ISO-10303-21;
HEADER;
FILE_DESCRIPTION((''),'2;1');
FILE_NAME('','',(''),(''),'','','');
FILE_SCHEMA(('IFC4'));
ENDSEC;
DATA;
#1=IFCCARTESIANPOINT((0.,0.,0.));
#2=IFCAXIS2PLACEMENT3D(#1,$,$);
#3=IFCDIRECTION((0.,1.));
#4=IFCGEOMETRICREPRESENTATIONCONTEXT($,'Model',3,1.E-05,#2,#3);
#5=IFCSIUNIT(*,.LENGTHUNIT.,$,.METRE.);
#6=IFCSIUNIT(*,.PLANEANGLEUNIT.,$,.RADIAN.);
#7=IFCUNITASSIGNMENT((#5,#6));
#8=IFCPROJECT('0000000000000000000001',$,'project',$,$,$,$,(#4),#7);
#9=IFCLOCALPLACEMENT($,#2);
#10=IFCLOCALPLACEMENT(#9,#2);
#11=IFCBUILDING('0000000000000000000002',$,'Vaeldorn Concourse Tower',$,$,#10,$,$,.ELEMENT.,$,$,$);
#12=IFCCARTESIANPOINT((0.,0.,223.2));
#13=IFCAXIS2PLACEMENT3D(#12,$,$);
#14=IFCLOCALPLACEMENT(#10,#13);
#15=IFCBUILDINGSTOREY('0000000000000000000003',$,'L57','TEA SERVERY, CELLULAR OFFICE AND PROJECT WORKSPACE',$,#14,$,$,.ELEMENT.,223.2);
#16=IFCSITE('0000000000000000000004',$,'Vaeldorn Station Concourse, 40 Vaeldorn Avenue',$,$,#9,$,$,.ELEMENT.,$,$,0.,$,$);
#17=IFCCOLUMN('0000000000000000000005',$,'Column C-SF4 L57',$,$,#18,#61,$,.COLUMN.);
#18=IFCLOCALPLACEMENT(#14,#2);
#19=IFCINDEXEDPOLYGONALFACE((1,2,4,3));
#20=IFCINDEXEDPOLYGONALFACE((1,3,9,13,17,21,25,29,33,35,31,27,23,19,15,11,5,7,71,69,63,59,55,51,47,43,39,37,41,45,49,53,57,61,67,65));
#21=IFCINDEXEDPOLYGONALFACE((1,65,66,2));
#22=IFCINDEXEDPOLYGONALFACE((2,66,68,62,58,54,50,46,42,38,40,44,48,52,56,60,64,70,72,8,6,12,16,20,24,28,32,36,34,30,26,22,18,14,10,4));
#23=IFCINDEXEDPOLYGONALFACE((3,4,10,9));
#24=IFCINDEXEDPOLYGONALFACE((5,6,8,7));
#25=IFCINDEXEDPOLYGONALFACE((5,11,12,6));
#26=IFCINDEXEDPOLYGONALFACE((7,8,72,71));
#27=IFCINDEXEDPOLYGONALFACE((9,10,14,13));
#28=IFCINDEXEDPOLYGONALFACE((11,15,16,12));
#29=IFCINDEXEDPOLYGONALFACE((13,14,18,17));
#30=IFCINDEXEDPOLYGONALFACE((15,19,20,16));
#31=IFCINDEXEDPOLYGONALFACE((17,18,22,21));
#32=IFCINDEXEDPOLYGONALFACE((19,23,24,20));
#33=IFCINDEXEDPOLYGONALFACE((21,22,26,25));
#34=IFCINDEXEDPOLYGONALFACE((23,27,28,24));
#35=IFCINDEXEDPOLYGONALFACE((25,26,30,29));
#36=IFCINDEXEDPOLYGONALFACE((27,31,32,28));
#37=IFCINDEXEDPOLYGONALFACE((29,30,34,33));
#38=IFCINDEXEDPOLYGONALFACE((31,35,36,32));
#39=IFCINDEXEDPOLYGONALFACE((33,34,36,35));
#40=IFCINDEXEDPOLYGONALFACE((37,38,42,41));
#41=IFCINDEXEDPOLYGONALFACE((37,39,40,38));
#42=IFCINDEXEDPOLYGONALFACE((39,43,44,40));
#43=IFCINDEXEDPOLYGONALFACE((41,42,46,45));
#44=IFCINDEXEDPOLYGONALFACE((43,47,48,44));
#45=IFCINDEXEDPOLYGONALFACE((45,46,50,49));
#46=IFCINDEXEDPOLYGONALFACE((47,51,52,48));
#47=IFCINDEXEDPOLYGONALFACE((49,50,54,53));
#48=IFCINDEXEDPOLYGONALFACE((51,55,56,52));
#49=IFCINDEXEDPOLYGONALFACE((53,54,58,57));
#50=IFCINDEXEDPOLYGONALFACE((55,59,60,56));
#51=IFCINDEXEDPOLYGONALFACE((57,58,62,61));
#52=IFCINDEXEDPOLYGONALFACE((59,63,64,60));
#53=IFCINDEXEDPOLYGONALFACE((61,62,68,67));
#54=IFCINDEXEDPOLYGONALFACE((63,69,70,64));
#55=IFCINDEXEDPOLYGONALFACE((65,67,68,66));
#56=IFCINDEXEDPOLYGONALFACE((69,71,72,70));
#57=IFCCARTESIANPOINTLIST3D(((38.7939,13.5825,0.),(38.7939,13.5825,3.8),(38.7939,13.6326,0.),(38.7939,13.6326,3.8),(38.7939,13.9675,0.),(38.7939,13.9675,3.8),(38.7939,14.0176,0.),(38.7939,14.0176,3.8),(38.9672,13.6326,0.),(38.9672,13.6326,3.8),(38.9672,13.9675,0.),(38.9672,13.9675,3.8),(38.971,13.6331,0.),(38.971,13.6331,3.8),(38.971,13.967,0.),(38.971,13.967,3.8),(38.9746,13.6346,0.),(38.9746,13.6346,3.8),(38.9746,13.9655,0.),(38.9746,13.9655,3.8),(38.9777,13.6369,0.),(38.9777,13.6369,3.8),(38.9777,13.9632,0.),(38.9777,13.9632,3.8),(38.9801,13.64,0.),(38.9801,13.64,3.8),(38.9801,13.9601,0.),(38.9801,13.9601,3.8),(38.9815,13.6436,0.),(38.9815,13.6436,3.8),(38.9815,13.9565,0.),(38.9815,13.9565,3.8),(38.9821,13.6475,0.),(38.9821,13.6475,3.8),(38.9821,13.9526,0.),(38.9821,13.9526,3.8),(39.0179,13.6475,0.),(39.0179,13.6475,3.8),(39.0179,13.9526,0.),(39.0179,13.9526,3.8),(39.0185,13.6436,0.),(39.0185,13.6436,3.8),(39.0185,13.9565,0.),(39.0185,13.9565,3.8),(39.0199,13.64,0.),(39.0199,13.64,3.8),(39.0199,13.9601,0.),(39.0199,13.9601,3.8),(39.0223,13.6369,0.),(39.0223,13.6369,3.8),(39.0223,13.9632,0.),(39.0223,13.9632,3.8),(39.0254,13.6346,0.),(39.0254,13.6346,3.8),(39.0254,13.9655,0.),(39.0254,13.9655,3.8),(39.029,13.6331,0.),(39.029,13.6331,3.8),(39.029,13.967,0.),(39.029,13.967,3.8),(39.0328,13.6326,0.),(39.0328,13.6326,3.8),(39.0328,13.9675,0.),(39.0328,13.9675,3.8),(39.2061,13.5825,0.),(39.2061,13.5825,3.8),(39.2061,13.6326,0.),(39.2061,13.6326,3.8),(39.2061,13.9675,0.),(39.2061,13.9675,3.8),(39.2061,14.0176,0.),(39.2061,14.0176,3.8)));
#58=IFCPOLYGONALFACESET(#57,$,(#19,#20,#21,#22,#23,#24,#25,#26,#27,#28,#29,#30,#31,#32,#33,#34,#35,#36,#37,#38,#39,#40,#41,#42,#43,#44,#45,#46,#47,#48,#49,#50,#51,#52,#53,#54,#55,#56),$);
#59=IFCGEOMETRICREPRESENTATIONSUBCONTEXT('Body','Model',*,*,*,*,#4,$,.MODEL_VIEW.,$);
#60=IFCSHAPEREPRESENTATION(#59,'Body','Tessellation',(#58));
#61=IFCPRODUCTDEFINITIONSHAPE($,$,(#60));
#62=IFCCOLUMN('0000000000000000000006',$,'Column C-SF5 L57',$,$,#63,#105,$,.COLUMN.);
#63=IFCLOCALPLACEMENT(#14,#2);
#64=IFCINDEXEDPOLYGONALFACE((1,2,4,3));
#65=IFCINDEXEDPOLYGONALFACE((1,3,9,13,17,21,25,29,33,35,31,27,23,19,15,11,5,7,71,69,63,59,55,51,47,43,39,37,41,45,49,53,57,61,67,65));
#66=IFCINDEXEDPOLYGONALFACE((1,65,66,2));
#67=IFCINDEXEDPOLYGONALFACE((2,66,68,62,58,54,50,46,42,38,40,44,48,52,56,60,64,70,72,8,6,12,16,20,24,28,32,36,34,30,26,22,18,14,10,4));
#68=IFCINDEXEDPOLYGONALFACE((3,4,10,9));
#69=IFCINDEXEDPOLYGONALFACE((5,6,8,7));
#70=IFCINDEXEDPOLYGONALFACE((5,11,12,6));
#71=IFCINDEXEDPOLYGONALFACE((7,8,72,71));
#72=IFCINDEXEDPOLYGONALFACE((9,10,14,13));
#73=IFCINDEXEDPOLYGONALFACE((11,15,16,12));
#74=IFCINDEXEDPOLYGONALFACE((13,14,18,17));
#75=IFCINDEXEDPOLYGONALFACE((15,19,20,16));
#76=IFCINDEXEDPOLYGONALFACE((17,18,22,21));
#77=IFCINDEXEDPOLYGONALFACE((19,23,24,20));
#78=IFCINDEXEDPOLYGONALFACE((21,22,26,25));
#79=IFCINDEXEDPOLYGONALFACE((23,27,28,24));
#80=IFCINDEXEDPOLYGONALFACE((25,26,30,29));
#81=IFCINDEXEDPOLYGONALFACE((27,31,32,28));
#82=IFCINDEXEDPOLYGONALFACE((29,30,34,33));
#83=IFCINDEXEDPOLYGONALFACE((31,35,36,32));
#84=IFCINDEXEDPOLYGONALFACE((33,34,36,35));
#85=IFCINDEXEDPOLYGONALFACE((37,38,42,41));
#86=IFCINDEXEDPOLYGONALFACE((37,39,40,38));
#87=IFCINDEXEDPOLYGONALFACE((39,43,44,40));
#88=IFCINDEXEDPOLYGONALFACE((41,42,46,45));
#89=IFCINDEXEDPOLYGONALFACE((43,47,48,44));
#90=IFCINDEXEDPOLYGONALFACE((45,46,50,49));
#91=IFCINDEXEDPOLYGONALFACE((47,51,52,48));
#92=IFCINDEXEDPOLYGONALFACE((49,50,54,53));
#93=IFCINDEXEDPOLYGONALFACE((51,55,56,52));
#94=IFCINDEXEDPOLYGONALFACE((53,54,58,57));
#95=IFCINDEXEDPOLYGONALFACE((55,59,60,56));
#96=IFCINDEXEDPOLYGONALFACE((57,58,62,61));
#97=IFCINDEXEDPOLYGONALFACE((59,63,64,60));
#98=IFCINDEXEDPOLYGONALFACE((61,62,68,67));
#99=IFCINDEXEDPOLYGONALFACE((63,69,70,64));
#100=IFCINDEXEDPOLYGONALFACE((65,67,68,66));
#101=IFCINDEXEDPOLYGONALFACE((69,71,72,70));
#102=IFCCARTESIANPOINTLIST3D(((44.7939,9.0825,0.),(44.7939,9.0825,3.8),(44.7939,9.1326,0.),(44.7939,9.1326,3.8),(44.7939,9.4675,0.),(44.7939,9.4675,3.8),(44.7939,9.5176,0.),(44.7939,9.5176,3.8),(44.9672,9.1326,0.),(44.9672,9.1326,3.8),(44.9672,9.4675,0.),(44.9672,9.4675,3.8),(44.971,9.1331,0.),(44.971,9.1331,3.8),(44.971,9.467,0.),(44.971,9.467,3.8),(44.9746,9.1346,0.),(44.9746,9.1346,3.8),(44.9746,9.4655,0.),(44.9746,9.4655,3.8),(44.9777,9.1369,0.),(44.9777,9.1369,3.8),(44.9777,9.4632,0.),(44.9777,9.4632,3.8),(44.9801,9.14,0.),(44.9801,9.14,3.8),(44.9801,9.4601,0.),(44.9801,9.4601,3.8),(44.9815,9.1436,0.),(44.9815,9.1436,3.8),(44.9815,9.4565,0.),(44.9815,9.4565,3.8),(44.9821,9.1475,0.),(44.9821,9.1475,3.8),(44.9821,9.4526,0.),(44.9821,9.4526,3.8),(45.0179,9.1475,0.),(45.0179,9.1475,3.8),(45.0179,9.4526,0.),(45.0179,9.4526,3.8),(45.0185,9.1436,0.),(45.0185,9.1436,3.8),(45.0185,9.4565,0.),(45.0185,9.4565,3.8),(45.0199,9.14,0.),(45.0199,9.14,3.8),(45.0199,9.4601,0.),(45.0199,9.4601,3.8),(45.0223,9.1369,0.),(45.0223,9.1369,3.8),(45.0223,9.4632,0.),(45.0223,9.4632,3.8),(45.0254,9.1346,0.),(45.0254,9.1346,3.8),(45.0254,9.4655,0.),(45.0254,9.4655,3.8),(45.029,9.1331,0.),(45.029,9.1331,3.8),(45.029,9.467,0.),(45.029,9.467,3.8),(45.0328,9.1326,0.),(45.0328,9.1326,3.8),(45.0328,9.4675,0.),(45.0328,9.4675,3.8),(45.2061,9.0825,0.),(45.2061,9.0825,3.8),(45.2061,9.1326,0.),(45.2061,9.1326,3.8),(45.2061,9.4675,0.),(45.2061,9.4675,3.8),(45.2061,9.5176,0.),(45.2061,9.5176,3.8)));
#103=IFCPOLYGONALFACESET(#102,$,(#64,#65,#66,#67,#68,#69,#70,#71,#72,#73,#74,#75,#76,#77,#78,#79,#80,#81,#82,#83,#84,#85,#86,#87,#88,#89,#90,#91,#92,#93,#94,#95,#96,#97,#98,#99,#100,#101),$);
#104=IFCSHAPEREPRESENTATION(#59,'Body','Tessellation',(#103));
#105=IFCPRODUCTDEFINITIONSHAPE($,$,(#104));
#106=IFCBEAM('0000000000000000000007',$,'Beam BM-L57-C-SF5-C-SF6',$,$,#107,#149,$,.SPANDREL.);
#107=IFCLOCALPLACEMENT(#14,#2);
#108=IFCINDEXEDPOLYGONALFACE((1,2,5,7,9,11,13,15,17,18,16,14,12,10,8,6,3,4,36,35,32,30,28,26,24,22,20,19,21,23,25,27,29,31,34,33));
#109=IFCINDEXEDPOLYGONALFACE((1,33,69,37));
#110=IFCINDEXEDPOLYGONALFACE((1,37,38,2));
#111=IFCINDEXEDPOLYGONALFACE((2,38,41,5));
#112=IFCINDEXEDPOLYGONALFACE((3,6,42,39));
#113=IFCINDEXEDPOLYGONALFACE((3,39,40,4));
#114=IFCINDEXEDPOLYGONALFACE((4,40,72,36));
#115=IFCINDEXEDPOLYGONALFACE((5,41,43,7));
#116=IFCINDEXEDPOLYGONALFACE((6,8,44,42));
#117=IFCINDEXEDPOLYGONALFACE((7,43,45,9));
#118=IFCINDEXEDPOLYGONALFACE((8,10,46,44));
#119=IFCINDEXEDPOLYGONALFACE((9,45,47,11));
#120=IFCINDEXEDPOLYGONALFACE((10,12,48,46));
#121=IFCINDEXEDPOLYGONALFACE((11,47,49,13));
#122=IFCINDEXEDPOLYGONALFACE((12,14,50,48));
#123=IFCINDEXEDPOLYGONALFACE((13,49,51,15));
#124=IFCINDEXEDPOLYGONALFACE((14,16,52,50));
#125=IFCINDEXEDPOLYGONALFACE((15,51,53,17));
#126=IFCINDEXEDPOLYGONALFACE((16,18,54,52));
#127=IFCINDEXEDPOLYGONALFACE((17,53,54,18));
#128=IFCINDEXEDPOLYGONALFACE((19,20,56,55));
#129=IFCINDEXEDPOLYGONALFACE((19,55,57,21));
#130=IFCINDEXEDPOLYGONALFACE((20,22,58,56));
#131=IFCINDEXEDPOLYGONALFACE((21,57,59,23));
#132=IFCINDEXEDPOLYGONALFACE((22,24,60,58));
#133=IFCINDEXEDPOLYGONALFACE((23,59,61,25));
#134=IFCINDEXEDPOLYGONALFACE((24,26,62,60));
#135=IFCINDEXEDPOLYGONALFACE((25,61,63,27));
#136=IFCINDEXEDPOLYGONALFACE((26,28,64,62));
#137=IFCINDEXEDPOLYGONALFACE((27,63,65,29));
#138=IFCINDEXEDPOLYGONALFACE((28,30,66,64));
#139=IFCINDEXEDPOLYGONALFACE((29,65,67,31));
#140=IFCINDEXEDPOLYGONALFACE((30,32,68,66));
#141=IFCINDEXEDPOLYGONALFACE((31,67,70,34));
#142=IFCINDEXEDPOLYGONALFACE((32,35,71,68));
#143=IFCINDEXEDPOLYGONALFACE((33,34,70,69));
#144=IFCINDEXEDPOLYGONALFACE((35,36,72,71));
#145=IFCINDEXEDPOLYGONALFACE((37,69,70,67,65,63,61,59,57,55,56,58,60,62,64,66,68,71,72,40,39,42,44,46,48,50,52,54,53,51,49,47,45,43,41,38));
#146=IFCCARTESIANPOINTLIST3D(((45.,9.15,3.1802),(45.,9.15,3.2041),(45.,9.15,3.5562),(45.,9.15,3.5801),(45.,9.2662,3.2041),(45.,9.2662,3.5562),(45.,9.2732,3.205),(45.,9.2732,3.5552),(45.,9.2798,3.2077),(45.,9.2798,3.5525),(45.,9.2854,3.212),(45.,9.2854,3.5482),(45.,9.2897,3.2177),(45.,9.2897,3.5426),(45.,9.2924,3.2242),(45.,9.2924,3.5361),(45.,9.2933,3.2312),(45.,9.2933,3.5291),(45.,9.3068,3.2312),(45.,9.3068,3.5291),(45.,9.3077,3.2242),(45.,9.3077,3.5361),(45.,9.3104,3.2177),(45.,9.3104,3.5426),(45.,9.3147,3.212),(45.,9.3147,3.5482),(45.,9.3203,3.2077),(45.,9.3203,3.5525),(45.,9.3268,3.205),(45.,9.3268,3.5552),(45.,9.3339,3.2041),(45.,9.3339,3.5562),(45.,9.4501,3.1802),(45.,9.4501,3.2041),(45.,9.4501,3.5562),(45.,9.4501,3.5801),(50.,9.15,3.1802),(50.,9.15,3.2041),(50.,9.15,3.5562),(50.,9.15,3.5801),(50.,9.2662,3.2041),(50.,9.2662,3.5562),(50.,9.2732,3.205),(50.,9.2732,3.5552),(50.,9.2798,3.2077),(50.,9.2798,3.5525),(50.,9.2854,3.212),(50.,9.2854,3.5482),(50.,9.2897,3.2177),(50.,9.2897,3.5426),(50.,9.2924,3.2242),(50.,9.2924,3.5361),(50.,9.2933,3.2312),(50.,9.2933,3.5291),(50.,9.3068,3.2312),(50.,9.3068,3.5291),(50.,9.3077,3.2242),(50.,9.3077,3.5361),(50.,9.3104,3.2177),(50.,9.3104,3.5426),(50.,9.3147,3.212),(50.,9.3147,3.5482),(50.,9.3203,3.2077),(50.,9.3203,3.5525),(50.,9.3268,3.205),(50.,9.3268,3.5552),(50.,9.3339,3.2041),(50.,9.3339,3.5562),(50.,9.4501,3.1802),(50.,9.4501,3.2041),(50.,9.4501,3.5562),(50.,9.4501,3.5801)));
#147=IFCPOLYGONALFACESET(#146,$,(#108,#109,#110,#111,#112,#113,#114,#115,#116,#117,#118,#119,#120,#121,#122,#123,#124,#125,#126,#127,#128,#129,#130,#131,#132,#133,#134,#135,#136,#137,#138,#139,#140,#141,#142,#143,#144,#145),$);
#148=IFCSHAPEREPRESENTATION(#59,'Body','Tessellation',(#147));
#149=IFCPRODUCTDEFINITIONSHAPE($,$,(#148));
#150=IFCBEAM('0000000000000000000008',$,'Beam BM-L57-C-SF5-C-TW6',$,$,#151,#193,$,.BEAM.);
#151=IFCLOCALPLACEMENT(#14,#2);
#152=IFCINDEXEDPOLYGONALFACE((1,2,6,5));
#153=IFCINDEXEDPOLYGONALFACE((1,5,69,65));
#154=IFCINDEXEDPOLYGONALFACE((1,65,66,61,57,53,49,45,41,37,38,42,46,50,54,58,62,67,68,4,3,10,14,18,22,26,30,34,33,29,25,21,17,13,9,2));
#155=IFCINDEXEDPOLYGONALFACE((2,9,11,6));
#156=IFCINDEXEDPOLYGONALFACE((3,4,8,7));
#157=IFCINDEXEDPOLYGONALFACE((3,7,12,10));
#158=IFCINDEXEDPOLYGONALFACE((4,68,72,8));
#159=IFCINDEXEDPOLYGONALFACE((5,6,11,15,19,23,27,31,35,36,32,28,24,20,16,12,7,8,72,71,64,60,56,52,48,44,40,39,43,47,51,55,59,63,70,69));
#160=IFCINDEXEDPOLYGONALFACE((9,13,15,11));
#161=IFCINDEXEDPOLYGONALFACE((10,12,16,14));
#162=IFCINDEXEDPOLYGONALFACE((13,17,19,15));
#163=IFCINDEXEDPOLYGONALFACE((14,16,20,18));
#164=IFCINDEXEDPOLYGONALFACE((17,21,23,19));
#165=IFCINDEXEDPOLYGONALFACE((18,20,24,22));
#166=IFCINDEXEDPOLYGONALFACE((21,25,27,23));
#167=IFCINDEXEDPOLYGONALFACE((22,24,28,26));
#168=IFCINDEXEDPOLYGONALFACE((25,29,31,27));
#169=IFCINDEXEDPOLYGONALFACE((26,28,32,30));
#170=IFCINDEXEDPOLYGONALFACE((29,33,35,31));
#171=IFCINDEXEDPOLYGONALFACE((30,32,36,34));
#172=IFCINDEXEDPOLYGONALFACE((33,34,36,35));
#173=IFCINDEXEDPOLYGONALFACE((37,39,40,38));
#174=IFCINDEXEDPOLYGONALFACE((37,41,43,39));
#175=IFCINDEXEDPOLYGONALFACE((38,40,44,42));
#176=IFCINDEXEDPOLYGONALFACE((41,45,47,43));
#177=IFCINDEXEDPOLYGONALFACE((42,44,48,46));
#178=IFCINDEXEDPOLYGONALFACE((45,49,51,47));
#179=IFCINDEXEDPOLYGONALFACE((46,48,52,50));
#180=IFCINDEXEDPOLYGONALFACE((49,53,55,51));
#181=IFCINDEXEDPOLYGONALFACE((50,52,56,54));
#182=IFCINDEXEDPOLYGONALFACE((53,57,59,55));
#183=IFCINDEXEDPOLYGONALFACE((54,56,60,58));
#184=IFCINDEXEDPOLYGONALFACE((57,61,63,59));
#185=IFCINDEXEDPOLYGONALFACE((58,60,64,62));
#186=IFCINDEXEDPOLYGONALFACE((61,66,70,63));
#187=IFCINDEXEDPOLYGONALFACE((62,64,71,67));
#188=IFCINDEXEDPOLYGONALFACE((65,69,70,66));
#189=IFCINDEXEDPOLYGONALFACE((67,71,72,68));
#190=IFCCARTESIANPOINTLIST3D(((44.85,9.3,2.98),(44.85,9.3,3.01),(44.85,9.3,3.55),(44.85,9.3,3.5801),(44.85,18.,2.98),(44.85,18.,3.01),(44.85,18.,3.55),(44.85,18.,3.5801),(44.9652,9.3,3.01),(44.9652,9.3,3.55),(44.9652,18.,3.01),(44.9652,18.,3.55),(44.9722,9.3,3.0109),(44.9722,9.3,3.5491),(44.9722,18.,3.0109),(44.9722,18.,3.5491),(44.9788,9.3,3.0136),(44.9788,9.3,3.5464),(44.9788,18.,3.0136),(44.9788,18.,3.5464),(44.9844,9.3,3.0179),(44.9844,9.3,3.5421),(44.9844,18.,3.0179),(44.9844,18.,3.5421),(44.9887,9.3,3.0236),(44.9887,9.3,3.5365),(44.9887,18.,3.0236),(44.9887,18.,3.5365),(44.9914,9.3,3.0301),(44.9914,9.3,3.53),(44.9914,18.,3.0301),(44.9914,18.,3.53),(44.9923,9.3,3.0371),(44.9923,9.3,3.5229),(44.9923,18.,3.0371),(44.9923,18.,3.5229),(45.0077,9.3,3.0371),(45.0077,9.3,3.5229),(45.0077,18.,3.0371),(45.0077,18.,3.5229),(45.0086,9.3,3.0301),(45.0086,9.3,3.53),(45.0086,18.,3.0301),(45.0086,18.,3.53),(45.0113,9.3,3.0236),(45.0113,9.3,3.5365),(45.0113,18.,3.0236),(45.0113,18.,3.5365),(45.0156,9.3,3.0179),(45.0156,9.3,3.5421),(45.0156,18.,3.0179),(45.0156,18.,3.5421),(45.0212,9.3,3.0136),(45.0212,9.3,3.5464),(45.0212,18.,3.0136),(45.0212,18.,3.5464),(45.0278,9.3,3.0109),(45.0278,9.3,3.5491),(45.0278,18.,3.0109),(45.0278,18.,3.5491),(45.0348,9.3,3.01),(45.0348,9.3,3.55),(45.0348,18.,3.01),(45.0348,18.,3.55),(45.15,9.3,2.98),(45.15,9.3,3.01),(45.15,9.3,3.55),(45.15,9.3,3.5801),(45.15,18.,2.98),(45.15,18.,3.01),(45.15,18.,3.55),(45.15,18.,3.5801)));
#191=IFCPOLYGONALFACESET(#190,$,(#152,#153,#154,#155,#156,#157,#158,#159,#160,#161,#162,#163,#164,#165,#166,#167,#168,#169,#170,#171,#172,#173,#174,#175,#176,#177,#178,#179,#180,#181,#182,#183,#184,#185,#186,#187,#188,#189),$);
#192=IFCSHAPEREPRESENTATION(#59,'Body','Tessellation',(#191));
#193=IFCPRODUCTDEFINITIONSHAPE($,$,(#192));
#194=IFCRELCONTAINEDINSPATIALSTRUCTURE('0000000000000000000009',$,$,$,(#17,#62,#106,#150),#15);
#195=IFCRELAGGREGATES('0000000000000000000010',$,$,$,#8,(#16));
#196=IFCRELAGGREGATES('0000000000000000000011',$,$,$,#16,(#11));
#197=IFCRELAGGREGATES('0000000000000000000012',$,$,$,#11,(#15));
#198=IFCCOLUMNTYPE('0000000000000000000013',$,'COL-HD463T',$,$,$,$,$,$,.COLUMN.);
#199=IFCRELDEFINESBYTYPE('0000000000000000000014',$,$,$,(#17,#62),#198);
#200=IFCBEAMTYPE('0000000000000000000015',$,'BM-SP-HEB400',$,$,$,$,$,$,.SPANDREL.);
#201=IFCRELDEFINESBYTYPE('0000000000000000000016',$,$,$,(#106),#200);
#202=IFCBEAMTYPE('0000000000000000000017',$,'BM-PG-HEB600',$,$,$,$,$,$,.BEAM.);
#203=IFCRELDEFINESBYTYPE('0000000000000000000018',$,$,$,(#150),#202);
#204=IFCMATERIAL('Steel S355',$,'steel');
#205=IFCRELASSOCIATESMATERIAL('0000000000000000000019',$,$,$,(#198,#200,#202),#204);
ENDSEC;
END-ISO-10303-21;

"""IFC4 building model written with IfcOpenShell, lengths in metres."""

from ifc_helpers import new_model, si_unit, direction, frame, origin, origin_2d, place, context, subcontext, project, spatial, i_section, extrude, source, transform, mapped, material, material_profile, profile_set, type_object, element, save


model = new_model("IFC4")

# Units and contexts
model_context = context("Model", 3, precision=1e-05, world=origin(), true_north=direction((0.0, 1.0)))
body_context = subcontext(model_context, "Body", "Model", "MODEL_VIEW")
ifc_project = project(units=[si_unit("LENGTHUNIT", "METRE"), si_unit("PLANEANGLEUNIT", "RADIAN")], contexts=[model_context])

# Site, building, storey
site_placement = place(None, origin())
site = spatial("IfcSite", under=ifc_project, at=site_placement, Name="Vaeldorn Station Concourse, 40 Vaeldorn Avenue", CompositionType="ELEMENT", RefElevation=0.0)
building_placement = place(site_placement, origin())
building = spatial("IfcBuilding", under=site, at=building_placement, Name="Vaeldorn Concourse Tower", CompositionType="ELEMENT")
storey_placement = place(building_placement, frame((0.0, 0.0, 223.2)))
storey = spatial("IfcBuildingStorey", under=building, at=storey_placement, Name="L57", Description="TEA SERVERY, CELLULAR OFFICE AND PROJECT WORKSPACE", CompositionType="ELEMENT", Elevation=223.2)

# Columns
ifc_material_1 = material(Name="Steel S355", Category="steel")
ifc_material_profile_1 = material_profile(ifc_material_1, i_section(OverallWidth=0.4121, OverallDepth=0.4351, WebThickness=0.0359, FlangeThickness=0.05, FilletRadius=0.0149, at=origin_2d()), Name="HD 400x463")
ifc_profile_set_1 = profile_set([ifc_material_profile_1], Name="Steel S355")
column_type = type_object("IfcColumnType", Name="COL-HD463T", PredefinedType="COLUMN", material=ifc_profile_set_1)
shared_shape_1 = source(origin(), body_context, "Body", "SweptSolid", [
    extrude(i_section(OverallWidth=0.4121, OverallDepth=0.4351, WebThickness=0.0359, FlangeThickness=0.05, FilletRadius=0.0149, at=origin_2d()), origin(), (0.0, 0.0, 1.0), 3.8),
])
for number, where, z_axis, x_axis, name in (
    (1, (39.0, 13.8, 0.0), (0.0, 0.0, 1.0), (1.0, 0.0, 0.0), "Column C-SF4 L57"),
    (2, (45.0, 9.3, 0.0), (0.0, 0.0, 1.0), (1.0, 0.0, 0.0), "Column C-SF5 L57"),
):
    element("IfcColumn", number, at=place(storey_placement, frame(where, z_axis=z_axis, x_axis=x_axis)), inside=storey, type_object=column_type, Name=name, PredefinedType="COLUMN", context=body_context, shape_type="MappedRepresentation", body=[
        mapped(shared_shape_1, transform((0.0, 0.0, 0.0), scale=1.0)),
    ])

# Beams
ifc_material_profile_2 = material_profile(ifc_material_1, i_section(OverallWidth=0.3, OverallDepth=0.3999, WebThickness=0.0134, FlangeThickness=0.0239, FilletRadius=0.0271, at=origin_2d()), Name="HEB 400")
ifc_profile_set_2 = profile_set([ifc_material_profile_2], Name="Steel S355")
beam_type_1 = type_object("IfcBeamType", Name="BM-SP-HEB400", PredefinedType="SPANDREL", material=ifc_profile_set_2)
shared_shape_2 = source(origin(), body_context, "Body", "SweptSolid", [
    extrude(i_section(OverallWidth=0.3, OverallDepth=0.3999, WebThickness=0.0134, FlangeThickness=0.0239, FilletRadius=0.0271, at=origin_2d()), origin(), (0.0, 0.0, 1.0), 5.0),
])
beam_1_placement = place(storey_placement, frame((45.0, 9.3, 3.3801), z_axis=(1.0, 0.0, 0.0), x_axis=(0.0, 1.0, 0.0)))
element("IfcBeam", 3, at=beam_1_placement, inside=storey, type_object=beam_type_1, Name="Beam BM-L57-C-SF5-C-SF6", PredefinedType="SPANDREL", context=body_context, shape_type="MappedRepresentation", body=[
    mapped(shared_shape_2, transform((0.0, 0.0, 0.0), scale=1.0)),
])
ifc_material_profile_3 = material_profile(ifc_material_1, i_section(OverallWidth=0.3, OverallDepth=0.6001, WebThickness=0.0154, FlangeThickness=0.03, FilletRadius=0.0271, at=origin_2d()), Name="HEB 600")
ifc_profile_set_3 = profile_set([ifc_material_profile_3], Name="Steel S355")
beam_type_2 = type_object("IfcBeamType", Name="BM-PG-HEB600", PredefinedType="BEAM", material=ifc_profile_set_3)
shared_shape_3 = source(origin(), body_context, "Body", "SweptSolid", [
    extrude(i_section(OverallWidth=0.3, OverallDepth=0.6001, WebThickness=0.0154, FlangeThickness=0.03, FilletRadius=0.0271, at=origin_2d()), origin(), (0.0, 0.0, 1.0), 8.7),
])
beam_2_placement = place(storey_placement, frame((45.0, 9.3, 3.28), z_axis=(0.0, 1.0, 0.0), x_axis=(-1.0, 0.0, 0.0)))
element("IfcBeam", 4, at=beam_2_placement, inside=storey, type_object=beam_type_2, Name="Beam BM-L57-C-SF5-C-TW6", PredefinedType="BEAM", context=body_context, shape_type="MappedRepresentation", body=[
    mapped(shared_shape_3, transform((0.0, 0.0, 0.0), scale=1.0)),
])

save(model, "model.ifc")
